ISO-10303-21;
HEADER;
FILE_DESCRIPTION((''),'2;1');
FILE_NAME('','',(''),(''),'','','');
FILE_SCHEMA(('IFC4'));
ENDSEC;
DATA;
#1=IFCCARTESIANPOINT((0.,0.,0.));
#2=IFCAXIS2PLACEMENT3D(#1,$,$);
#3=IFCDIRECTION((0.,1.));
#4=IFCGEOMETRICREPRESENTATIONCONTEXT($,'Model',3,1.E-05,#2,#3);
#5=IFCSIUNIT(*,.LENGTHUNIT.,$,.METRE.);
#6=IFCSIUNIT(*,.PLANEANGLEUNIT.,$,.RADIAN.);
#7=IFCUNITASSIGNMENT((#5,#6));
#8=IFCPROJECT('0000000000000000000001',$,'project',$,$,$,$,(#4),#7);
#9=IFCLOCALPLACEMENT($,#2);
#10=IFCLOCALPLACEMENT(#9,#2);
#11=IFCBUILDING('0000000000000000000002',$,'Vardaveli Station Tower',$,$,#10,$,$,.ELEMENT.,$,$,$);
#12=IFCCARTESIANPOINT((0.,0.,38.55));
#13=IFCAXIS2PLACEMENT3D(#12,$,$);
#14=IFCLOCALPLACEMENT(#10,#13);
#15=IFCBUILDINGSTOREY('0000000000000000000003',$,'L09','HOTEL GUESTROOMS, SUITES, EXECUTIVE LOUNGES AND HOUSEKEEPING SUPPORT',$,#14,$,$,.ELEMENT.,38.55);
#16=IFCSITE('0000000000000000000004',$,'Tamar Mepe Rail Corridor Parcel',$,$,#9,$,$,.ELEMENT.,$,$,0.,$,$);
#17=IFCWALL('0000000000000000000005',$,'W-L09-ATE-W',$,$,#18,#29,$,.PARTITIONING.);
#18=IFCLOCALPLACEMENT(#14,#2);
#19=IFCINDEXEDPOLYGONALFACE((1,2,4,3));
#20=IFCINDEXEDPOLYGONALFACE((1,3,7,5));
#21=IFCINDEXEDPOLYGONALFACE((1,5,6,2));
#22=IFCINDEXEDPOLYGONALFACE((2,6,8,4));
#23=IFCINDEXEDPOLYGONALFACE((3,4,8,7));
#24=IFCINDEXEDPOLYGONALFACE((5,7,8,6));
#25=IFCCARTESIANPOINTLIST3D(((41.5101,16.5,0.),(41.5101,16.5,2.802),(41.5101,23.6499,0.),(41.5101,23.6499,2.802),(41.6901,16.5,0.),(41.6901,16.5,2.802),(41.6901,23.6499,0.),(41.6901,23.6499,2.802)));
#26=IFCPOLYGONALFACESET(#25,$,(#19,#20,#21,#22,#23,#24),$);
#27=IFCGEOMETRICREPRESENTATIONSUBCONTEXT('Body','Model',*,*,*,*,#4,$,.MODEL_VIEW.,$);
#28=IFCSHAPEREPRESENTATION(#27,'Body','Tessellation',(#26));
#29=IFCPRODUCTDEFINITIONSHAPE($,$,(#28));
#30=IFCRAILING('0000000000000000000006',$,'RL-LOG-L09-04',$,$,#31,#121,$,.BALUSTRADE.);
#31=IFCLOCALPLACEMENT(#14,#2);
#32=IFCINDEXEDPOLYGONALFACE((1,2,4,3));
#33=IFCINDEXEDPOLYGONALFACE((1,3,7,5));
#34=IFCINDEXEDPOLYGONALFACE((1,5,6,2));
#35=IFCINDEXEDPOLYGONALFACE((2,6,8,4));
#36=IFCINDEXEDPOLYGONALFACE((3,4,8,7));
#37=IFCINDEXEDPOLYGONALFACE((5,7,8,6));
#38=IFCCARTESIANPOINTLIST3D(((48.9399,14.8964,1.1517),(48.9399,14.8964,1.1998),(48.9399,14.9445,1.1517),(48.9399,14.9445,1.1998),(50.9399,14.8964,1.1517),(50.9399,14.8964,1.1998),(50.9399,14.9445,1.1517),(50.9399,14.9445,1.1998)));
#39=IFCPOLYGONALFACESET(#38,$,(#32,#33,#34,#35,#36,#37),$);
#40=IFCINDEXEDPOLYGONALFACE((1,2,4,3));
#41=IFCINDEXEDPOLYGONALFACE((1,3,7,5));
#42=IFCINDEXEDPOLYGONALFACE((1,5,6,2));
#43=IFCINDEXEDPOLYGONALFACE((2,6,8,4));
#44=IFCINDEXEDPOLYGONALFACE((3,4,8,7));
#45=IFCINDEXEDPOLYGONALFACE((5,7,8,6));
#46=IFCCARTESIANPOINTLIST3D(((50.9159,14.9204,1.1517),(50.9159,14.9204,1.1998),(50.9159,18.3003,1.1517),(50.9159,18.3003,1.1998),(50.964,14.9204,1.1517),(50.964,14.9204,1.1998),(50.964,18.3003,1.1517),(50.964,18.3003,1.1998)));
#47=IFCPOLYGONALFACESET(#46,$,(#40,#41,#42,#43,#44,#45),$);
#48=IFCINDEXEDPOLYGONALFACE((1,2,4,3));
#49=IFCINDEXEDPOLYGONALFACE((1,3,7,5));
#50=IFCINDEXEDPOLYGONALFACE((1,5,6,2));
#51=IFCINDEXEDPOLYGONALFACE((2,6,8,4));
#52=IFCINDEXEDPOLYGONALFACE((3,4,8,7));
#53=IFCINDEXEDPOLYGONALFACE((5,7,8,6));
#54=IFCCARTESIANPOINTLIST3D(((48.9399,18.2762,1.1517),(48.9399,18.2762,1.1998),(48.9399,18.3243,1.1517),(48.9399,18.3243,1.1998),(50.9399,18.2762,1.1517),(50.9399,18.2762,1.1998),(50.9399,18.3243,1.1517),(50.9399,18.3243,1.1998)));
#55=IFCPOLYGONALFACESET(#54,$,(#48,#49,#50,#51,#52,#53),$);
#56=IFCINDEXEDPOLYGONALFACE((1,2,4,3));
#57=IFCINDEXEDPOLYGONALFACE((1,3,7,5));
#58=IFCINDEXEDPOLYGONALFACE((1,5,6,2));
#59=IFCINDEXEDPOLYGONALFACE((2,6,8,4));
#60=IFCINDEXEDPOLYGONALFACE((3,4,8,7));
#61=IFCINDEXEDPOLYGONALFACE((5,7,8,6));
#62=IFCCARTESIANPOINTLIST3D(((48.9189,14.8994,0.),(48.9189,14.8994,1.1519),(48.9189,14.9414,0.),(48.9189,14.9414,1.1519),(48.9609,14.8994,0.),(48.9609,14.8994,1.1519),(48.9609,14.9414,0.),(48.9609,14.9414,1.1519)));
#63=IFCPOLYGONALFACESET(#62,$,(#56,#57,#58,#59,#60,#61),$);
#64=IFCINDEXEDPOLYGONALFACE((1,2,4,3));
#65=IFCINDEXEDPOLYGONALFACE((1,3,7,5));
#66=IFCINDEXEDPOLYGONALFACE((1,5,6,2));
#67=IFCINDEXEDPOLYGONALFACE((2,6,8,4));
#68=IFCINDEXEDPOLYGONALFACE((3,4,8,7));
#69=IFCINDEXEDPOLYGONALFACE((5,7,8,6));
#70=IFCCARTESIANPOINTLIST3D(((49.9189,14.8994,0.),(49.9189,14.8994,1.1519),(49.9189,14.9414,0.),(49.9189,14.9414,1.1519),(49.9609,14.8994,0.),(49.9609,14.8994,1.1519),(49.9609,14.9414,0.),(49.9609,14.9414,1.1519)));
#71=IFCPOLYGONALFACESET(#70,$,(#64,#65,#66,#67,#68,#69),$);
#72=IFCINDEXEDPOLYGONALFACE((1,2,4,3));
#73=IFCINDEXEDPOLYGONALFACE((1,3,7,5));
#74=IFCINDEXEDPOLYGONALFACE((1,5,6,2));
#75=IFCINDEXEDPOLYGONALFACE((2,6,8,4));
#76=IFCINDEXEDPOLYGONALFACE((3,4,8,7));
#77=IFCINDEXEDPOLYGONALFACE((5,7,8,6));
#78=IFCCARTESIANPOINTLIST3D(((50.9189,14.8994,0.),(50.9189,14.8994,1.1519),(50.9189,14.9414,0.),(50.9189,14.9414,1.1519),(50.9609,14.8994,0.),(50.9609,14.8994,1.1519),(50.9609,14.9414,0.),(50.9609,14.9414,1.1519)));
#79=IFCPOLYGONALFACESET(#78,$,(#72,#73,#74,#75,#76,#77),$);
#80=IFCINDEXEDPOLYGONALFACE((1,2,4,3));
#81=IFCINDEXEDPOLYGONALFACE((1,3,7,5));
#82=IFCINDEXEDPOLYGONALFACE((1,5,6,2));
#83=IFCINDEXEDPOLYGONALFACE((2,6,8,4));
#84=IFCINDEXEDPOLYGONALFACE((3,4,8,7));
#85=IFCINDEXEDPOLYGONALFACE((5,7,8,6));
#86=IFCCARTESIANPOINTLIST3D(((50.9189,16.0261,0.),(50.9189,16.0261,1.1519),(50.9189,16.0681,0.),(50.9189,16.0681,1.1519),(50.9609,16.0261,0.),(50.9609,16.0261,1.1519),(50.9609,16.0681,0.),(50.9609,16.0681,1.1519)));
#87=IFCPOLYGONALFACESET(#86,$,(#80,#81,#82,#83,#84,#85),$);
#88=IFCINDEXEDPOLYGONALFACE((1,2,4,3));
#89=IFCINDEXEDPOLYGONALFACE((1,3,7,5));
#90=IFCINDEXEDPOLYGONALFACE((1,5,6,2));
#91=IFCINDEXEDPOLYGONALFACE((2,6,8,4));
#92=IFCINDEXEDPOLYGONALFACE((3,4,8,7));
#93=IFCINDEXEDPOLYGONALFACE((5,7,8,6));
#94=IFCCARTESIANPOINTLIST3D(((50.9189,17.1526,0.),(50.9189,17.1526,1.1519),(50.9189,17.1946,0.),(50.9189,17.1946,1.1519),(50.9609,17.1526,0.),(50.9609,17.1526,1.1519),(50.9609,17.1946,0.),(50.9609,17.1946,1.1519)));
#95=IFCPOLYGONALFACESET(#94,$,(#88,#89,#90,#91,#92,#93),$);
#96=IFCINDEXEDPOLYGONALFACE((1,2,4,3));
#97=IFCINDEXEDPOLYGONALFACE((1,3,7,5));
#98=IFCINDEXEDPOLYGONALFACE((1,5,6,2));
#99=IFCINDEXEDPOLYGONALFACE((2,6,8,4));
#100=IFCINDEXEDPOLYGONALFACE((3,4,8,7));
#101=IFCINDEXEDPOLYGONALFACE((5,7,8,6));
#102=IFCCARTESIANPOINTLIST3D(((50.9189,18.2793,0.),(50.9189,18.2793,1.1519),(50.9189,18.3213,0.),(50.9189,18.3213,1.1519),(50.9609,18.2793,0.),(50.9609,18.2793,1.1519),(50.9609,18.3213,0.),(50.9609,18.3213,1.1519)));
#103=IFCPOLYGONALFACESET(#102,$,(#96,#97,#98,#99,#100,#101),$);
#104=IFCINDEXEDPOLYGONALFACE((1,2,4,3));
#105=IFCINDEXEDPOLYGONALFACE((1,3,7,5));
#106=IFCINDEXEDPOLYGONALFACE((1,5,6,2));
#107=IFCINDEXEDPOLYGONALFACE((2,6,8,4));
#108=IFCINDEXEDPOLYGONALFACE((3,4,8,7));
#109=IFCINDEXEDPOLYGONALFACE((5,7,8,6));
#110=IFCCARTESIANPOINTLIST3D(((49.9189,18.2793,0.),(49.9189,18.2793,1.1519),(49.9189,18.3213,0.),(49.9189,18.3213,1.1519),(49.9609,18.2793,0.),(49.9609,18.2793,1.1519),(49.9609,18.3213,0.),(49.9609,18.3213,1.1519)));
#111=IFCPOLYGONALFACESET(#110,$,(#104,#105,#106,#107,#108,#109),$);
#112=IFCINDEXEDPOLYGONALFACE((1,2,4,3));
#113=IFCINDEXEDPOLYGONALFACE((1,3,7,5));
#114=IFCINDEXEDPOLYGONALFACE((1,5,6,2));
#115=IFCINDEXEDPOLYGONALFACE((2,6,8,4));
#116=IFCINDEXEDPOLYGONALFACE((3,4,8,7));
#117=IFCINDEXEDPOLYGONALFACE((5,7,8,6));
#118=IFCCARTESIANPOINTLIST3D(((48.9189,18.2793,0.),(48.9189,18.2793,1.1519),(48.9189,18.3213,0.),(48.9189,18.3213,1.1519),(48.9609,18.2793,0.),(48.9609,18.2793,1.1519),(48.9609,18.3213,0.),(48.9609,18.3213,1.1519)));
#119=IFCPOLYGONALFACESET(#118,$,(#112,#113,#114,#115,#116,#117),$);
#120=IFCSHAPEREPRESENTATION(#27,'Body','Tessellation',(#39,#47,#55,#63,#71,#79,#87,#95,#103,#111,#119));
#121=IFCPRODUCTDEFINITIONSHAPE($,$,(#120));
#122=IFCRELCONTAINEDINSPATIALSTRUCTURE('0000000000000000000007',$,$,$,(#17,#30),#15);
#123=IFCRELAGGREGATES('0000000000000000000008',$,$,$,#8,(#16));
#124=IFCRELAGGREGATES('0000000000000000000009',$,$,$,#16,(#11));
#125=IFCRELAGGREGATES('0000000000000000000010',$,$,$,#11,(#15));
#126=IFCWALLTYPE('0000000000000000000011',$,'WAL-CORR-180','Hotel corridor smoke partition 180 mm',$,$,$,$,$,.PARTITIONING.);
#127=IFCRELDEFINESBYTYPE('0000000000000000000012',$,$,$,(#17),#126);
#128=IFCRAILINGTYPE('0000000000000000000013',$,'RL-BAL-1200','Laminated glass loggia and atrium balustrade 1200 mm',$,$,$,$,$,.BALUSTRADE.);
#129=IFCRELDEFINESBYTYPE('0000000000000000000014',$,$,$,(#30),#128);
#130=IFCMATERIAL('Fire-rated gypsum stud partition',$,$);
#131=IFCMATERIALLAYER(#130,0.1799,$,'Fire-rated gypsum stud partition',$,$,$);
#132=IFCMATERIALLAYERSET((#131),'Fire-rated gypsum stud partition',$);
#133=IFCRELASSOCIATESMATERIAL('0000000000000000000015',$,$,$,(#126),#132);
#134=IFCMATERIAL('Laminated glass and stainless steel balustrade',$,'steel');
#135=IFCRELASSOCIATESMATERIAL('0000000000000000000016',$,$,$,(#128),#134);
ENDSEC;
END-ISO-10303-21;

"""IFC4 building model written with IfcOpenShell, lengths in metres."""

from ifc_helpers import new_model, si_unit, direction, frame, frame_2d, origin, origin_2d, place, context, subcontext, project, spatial, rectangle, extrude, source, transform, mapped, material, layer, layer_set, type_object, element, save


model = new_model("IFC4")

# Units and contexts
model_context = context("Model", 3, precision=1e-05, world=origin(), true_north=direction((0.0, 1.0)))
body_context = subcontext(model_context, "Body", "Model", "MODEL_VIEW")
ifc_project = project(units=[si_unit("LENGTHUNIT", "METRE"), si_unit("PLANEANGLEUNIT", "RADIAN")], contexts=[model_context])

# Site, building, storey
site_placement = place(None, origin())
site = spatial("IfcSite", under=ifc_project, at=site_placement, Name="Tamar Mepe Rail Corridor Parcel", CompositionType="ELEMENT", RefElevation=0.0)
building_placement = place(site_placement, origin())
building = spatial("IfcBuilding", under=site, at=building_placement, Name="Vardaveli Station Tower", CompositionType="ELEMENT")
storey_placement = place(building_placement, frame((0.0, 0.0, 38.55)))
storey = spatial("IfcBuildingStorey", under=building, at=storey_placement, Name="L09", Description="HOTEL GUESTROOMS, SUITES, EXECUTIVE LOUNGES AND HOUSEKEEPING SUPPORT", CompositionType="ELEMENT", Elevation=38.55)

# Shared definitions
ifc_material_1 = material(Name="Fire-rated gypsum stud partition")
ifc_layer_1 = layer(ifc_material_1, 0.1799, Name="Fire-rated gypsum stud partition")
ifc_layer_set_1 = layer_set([ifc_layer_1], Name="Fire-rated gypsum stud partition")
wall_type_1 = type_object("IfcWallType", Name="WAL-CORR-180", Description="Hotel corridor smoke partition 180 mm", PredefinedType="PARTITIONING", material=ifc_layer_set_1)

# Wall
shared_shape_1 = source(origin(), body_context, "Body", "SweptSolid", [
    extrude(rectangle(XDim=7.1499, YDim=0.1799, at=frame_2d((3.575, 0.0))), origin(), (0.0, 0.0, 1.0), 2.802),
])
wall_1_placement = place(storey_placement, frame((41.6001, 16.5, 0.0), z_axis=(0.0, 0.0, 1.0), x_axis=(0.0, 1.0, 0.0)))
element("IfcWall", 1, at=wall_1_placement, inside=storey, type_object=wall_type_1, Name="W-L09-ATE-W", PredefinedType="PARTITIONING", context=body_context, shape_type="MappedRepresentation", body=[
    mapped(shared_shape_1, transform((0.0, 0.0, 0.0), scale=1.0)),
])

# Railing
ifc_material_2 = material(Name="Laminated glass and stainless steel balustrade", Category="steel")
railing_type = type_object("IfcRailingType", Name="RL-BAL-1200", Description="Laminated glass loggia and atrium balustrade 1200 mm", PredefinedType="BALUSTRADE", material=ifc_material_2)
shared_shape_2 = source(origin(), body_context, "Body", "SweptSolid", [
    extrude(rectangle(XDim=0.0481, YDim=0.0481, at=origin_2d()), frame((0.0, 0.0, 1.1758), z_axis=(1.0, 0.0, 0.0), x_axis=(0.0, 1.0, 0.0)), (0.0, 0.0, 1.0), 2.0),
    extrude(rectangle(XDim=0.0481, YDim=0.0481, at=origin_2d()), frame((2.0, 0.0, 1.1758), z_axis=(0.0, 1.0, 0.0), x_axis=(-1.0, 0.0, 0.0)), (0.0, 0.0, 1.0), 3.3799),
    extrude(rectangle(XDim=0.0481, YDim=0.0481, at=origin_2d()), frame((2.0, 3.3799, 1.1758), z_axis=(-1.0, 0.0, 0.0), x_axis=(0.0, -1.0, 0.0)), (0.0, 0.0, 1.0), 2.0),
    extrude(rectangle(XDim=0.042, YDim=0.042, at=origin_2d()), origin(), (0.0, 0.0, 1.0), 1.1519),
    extrude(rectangle(XDim=0.042, YDim=0.042, at=origin_2d()), frame((1.0, 0.0, 0.0)), (0.0, 0.0, 1.0), 1.1519),
    extrude(rectangle(XDim=0.042, YDim=0.042, at=origin_2d()), frame((2.0, 0.0, 0.0)), (0.0, 0.0, 1.0), 1.1519),
    extrude(rectangle(XDim=0.042, YDim=0.042, at=origin_2d()), frame((2.0, 1.1267, 0.0)), (0.0, 0.0, 1.0), 1.1519),
    extrude(rectangle(XDim=0.042, YDim=0.042, at=origin_2d()), frame((2.0, 2.2532, 0.0)), (0.0, 0.0, 1.0), 1.1519),
    extrude(rectangle(XDim=0.042, YDim=0.042, at=origin_2d()), frame((2.0, 3.3799, 0.0)), (0.0, 0.0, 1.0), 1.1519),
    extrude(rectangle(XDim=0.042, YDim=0.042, at=origin_2d()), frame((1.0, 3.3799, 0.0)), (0.0, 0.0, 1.0), 1.1519),
    extrude(rectangle(XDim=0.042, YDim=0.042, at=origin_2d()), frame((0.0, 3.3799, 0.0)), (0.0, 0.0, 1.0), 1.1519),
])
railing_placement = place(storey_placement, frame((48.9399, 14.9204, 0.0)))
element("IfcRailing", 2, at=railing_placement, inside=storey, type_object=railing_type, Name="RL-LOG-L09-04", PredefinedType="BALUSTRADE", context=body_context, shape_type="MappedRepresentation", body=[
    mapped(shared_shape_2, transform((0.0, 0.0, 0.0), scale=1.0)),
])

save(model, "model.ifc")
